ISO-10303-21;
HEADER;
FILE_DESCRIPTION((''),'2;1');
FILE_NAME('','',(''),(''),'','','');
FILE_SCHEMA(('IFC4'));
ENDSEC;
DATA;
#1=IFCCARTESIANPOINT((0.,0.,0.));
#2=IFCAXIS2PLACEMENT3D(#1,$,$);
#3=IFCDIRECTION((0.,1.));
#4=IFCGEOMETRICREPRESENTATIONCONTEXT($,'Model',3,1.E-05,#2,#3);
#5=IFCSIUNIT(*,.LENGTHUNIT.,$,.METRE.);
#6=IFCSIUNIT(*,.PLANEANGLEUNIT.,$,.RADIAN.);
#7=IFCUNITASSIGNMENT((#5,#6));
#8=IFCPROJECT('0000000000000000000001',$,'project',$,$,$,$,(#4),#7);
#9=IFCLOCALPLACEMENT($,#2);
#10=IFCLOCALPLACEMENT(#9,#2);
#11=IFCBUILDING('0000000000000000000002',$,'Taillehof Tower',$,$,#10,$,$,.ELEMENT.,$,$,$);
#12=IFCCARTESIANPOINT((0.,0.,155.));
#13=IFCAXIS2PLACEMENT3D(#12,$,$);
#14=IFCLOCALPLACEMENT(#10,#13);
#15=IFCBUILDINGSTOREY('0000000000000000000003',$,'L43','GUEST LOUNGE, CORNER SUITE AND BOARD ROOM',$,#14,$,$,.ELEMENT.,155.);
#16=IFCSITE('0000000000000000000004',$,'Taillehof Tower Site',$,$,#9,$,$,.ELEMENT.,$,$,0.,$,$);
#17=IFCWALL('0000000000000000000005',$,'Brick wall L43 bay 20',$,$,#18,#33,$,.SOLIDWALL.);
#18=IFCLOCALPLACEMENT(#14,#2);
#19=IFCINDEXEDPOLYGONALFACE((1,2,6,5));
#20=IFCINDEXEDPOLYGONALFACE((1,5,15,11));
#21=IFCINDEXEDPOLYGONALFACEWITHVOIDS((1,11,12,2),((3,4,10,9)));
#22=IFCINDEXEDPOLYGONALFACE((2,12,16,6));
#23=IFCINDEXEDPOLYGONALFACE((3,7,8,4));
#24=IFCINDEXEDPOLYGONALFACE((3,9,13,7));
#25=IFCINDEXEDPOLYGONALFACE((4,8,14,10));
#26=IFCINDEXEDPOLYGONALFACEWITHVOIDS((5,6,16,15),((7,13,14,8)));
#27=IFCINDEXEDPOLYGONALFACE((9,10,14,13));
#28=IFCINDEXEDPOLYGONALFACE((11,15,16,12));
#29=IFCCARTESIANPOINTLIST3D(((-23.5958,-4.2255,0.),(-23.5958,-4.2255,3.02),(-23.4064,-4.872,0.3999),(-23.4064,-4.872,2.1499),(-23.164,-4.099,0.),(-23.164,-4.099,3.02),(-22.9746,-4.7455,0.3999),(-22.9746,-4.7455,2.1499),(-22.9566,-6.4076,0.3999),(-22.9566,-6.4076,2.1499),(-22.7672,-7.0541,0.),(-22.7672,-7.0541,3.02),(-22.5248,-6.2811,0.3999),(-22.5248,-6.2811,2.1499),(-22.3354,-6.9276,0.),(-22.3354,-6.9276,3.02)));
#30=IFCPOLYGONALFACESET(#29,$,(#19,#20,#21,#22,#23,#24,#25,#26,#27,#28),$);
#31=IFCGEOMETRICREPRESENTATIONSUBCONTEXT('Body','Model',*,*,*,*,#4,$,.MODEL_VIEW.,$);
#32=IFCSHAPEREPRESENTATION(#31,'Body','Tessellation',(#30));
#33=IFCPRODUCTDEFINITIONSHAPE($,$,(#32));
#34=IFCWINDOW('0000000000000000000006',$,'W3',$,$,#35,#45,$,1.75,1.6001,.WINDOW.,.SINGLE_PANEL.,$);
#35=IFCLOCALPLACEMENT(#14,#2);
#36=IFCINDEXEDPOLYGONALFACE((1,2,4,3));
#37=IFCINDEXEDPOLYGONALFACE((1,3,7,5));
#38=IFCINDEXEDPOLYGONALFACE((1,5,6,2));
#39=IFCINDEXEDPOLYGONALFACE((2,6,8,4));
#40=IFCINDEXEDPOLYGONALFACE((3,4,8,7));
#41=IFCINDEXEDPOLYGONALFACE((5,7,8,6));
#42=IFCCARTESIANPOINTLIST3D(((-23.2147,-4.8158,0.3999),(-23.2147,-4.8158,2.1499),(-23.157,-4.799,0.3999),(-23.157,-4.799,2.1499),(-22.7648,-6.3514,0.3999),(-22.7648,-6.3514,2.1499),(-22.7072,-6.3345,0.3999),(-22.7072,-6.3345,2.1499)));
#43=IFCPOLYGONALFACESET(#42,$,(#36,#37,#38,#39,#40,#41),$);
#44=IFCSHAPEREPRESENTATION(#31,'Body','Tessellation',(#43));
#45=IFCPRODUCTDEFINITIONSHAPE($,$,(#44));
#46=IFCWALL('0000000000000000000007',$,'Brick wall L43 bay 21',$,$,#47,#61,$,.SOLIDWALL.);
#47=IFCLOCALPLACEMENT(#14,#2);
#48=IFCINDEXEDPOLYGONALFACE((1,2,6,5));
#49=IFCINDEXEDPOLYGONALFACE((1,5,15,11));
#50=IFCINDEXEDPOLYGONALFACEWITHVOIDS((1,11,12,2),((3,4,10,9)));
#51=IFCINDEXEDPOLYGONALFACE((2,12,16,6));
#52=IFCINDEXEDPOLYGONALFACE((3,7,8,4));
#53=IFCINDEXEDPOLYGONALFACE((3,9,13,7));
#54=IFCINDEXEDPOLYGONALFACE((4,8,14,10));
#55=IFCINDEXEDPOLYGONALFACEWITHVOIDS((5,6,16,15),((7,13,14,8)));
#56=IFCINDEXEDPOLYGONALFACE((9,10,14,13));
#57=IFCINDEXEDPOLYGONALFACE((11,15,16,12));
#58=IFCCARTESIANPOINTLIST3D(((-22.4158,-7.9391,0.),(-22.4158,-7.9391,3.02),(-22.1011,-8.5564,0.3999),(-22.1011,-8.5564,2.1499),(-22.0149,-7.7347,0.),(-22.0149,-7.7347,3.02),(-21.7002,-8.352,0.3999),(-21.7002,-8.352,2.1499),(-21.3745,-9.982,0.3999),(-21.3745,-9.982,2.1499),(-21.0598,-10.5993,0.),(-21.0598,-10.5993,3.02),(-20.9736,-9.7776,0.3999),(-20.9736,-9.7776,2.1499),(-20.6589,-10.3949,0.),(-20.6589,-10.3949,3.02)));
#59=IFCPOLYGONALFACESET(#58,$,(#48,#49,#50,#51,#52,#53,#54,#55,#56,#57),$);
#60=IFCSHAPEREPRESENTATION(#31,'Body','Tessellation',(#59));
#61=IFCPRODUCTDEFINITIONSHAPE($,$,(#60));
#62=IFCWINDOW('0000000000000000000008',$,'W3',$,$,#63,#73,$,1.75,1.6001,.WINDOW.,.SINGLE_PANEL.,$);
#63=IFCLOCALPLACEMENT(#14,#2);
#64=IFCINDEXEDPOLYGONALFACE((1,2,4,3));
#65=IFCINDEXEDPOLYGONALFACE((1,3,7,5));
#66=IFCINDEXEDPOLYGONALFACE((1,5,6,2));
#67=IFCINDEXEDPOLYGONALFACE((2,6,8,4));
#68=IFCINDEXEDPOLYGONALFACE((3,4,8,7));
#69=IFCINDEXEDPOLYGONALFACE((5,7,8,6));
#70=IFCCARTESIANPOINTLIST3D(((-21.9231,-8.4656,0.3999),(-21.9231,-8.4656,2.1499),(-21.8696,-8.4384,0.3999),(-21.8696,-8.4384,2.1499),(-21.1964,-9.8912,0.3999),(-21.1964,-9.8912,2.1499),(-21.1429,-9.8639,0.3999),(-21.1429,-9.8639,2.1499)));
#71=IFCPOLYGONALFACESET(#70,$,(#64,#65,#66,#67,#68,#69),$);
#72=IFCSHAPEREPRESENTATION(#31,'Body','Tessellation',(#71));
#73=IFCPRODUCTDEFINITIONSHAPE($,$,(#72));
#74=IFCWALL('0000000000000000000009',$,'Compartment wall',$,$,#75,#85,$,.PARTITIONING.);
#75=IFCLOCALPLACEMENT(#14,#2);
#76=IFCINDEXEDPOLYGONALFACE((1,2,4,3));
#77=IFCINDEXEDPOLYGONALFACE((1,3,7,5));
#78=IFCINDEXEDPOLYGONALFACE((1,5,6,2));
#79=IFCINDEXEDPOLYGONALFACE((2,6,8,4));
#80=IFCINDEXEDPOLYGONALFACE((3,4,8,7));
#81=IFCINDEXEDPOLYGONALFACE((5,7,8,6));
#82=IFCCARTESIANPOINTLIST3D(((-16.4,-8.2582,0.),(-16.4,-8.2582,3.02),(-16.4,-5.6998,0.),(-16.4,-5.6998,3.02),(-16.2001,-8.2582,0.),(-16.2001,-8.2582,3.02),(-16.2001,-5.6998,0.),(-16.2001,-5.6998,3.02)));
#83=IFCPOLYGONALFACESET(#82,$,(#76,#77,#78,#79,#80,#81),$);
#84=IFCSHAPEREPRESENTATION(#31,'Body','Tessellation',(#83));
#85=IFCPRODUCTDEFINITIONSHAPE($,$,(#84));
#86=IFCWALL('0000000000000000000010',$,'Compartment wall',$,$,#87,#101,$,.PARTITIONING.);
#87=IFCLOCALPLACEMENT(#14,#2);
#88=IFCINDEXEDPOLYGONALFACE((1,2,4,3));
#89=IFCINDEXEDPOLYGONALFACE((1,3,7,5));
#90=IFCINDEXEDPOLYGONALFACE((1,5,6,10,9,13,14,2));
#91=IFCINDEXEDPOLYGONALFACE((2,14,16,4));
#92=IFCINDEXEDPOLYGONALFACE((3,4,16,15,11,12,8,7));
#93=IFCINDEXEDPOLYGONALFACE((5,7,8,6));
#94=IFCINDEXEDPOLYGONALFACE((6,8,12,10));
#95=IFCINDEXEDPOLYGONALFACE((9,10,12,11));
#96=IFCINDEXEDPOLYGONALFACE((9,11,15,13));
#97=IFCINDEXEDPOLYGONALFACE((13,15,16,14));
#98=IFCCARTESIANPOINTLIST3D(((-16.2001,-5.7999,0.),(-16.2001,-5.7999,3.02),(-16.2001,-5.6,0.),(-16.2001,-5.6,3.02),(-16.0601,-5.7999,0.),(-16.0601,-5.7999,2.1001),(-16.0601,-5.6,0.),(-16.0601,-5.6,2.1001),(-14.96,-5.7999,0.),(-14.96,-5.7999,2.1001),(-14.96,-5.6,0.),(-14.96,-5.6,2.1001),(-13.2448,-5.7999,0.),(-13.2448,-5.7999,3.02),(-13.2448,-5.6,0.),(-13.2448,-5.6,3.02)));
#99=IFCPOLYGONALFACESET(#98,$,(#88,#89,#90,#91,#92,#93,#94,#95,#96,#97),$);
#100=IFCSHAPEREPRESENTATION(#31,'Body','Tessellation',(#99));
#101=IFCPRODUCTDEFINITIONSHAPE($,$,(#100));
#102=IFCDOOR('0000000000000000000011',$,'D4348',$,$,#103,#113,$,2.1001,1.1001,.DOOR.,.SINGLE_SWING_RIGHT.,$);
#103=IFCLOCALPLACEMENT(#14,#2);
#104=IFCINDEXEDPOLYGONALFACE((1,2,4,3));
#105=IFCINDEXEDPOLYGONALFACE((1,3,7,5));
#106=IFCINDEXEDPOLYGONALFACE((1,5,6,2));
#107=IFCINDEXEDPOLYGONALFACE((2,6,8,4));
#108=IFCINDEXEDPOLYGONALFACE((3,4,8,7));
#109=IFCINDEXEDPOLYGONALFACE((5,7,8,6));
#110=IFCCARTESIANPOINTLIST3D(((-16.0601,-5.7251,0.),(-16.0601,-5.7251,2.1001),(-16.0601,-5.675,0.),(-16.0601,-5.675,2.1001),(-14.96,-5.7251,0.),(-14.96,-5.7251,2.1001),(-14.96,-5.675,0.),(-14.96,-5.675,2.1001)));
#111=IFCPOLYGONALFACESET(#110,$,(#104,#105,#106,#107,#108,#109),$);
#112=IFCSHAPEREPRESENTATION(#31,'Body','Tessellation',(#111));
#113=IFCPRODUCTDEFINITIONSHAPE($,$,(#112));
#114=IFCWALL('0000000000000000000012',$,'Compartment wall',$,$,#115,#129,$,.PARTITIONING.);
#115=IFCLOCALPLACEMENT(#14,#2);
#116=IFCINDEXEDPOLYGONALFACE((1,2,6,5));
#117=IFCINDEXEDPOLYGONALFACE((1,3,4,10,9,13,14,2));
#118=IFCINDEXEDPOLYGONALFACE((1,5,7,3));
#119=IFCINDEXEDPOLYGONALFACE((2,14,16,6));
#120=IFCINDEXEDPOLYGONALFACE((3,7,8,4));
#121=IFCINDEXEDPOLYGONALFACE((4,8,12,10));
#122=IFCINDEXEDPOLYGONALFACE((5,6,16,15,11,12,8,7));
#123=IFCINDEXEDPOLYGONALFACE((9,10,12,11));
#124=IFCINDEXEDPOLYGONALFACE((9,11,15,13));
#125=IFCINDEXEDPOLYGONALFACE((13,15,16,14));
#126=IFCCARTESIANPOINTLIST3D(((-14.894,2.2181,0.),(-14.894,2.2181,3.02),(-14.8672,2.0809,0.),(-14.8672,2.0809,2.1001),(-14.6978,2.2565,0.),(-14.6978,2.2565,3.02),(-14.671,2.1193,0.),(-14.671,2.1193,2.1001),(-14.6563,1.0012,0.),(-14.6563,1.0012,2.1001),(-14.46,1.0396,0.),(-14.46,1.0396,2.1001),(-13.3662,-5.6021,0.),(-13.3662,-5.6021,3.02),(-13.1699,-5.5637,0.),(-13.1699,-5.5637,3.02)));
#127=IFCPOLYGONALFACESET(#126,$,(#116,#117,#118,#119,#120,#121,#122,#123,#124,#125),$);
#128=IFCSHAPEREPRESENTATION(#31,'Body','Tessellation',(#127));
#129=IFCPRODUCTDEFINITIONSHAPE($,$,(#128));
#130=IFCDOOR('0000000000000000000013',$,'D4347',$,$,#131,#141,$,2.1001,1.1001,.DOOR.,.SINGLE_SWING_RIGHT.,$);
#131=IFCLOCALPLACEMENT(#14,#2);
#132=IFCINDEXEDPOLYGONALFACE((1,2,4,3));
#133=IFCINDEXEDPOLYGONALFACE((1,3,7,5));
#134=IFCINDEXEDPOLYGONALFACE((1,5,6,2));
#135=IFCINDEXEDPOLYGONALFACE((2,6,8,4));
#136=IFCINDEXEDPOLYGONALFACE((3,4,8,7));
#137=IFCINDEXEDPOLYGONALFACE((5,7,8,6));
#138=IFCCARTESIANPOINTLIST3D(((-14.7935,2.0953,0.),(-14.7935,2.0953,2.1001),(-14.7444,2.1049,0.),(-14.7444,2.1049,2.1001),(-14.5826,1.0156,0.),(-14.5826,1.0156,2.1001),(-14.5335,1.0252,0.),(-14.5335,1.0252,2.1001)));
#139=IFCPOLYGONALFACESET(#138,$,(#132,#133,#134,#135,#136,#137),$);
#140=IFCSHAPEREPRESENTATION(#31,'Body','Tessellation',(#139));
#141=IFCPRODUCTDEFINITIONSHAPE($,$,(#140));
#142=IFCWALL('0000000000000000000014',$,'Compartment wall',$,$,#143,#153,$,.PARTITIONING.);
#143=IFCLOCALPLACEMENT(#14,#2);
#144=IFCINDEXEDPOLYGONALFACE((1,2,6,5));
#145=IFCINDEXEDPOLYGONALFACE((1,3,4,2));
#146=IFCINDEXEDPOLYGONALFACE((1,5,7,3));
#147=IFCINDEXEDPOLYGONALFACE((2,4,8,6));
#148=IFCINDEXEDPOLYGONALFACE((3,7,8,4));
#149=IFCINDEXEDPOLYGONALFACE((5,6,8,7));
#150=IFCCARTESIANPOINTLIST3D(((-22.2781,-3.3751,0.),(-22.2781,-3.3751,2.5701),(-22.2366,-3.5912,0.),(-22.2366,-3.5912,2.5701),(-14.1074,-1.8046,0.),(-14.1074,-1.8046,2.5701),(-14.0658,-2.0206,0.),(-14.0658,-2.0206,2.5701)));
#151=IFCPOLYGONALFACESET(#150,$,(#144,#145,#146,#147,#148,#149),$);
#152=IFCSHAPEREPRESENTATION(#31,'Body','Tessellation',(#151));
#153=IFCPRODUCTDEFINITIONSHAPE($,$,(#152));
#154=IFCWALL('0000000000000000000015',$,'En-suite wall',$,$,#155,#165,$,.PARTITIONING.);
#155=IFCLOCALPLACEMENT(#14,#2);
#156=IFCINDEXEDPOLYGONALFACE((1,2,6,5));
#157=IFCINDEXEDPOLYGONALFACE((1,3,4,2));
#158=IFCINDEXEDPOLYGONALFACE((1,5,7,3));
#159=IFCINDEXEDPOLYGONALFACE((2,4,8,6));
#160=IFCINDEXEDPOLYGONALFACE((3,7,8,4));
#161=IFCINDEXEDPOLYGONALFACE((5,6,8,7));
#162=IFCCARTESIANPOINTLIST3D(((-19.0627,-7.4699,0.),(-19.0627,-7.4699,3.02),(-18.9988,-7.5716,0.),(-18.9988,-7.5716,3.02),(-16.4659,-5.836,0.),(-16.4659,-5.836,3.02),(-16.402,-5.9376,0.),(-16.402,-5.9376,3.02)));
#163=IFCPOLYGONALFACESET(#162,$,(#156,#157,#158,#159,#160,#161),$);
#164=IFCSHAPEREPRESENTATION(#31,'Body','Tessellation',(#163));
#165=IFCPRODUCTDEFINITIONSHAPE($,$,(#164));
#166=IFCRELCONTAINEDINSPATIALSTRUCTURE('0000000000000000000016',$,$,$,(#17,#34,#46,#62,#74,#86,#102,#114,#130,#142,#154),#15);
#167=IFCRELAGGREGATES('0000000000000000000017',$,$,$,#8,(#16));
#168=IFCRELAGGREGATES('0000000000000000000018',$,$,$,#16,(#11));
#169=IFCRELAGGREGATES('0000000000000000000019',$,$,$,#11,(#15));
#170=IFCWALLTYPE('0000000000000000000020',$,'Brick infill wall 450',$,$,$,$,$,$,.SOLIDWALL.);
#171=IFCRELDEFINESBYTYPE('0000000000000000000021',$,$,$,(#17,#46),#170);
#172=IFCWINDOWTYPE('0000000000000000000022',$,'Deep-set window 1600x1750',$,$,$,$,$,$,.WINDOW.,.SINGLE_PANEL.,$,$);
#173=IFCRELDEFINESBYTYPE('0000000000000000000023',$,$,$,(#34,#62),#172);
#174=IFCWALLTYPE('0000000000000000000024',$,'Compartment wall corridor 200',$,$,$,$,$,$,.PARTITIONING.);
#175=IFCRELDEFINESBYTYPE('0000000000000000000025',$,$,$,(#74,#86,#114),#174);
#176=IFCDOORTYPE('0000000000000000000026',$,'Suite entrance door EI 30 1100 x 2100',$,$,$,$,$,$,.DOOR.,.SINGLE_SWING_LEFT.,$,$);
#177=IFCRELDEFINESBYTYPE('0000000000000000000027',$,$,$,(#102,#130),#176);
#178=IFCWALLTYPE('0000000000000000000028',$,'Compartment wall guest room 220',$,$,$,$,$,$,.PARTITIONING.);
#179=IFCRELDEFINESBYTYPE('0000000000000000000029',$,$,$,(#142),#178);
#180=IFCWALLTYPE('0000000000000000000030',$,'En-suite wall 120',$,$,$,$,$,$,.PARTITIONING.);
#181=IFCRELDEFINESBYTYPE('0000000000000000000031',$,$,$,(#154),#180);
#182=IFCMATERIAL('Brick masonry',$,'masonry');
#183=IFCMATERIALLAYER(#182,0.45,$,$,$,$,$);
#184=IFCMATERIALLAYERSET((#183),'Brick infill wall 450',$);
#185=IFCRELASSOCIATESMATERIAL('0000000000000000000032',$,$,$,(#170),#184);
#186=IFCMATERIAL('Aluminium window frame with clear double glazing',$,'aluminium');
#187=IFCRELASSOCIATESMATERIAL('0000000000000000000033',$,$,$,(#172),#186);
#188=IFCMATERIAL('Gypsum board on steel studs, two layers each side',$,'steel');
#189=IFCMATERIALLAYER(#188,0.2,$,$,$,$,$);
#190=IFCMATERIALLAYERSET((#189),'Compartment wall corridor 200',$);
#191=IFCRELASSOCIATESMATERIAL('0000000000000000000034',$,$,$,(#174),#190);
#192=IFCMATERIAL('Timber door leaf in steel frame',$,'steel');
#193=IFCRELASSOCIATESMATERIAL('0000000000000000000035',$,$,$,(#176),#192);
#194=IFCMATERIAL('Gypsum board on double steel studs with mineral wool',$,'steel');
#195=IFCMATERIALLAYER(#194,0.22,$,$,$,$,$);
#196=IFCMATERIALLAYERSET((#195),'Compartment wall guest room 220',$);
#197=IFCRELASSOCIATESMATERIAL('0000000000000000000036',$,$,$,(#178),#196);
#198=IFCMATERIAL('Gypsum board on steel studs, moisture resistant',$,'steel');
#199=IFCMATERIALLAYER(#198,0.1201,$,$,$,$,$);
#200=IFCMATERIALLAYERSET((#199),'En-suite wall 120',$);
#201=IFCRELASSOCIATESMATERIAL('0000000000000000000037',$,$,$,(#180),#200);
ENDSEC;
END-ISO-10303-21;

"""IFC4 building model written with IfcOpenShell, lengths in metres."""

from ifc_helpers import new_model, si_unit, direction, frame, frame_2d, origin, place, context, subcontext, project, spatial, rectangle, extrude, material, layer, layer_set, type_object, element, fill, save


model = new_model("IFC4")

# Units and contexts
model_context = context("Model", 3, precision=1e-05, world=origin(), true_north=direction((0.0, 1.0)))
body_context = subcontext(model_context, "Body", "Model", "MODEL_VIEW")
ifc_project = project(units=[si_unit("LENGTHUNIT", "METRE"), si_unit("PLANEANGLEUNIT", "RADIAN")], contexts=[model_context])

# Site, building, storey
site_placement = place(None, origin())
site = spatial("IfcSite", under=ifc_project, at=site_placement, Name="Taillehof Tower Site", CompositionType="ELEMENT", RefElevation=0.0)
building_placement = place(site_placement, origin())
building = spatial("IfcBuilding", under=site, at=building_placement, Name="Taillehof Tower", CompositionType="ELEMENT")
storey_placement = place(building_placement, frame((0.0, 0.0, 155.0)))
storey = spatial("IfcBuildingStorey", under=building, at=storey_placement, Name="L43", Description="GUEST LOUNGE, CORNER SUITE AND BOARD ROOM", CompositionType="ELEMENT", Elevation=155.0)

# Walls, openings, windows
ifc_material_1 = material(Name="Brick masonry", Category="masonry")
ifc_layer_1 = layer(ifc_material_1, 0.45)
ifc_layer_set_1 = layer_set([ifc_layer_1], Name="Brick infill wall 450")
wall_type_1 = type_object("IfcWallType", Name="Brick infill wall 450", PredefinedType="SOLIDWALL", material=ifc_layer_set_1)
ifc_material_2 = material(Name="Aluminium window frame with clear double glazing", Category="aluminium")
window_type = type_object("IfcWindowType", Name="Deep-set window 1600x1750", PartitioningType="SINGLE_PANEL", PredefinedType="WINDOW", material=ifc_material_2)
wall_1_placement = place(storey_placement, frame((-23.3799, -4.1624, 0.0), z_axis=(0.0, 0.0, 1.0), x_axis=(0.281126, -0.959671, 0.0)))
wall_1 = element("IfcWall", 1, at=wall_1_placement, inside=storey, type_object=wall_type_1, Name="Brick wall L43 bay 20", PredefinedType="SOLIDWALL", context=body_context, shape_type="SweptSolid", body=[
    extrude(rectangle(XDim=2.9475, YDim=0.45, at=frame_2d((1.4736, 0.0))), origin(), (0.0, 0.0, 1.0), 3.02),
])
opening_1_placement = place(wall_1_placement, frame((0.6736, 0.0, 0.3999)))
opening_1 = element("IfcOpeningElement", 2, at=opening_1_placement, cuts=wall_1, PredefinedType="OPENING", context=body_context, shape_type="SweptSolid", body=[
    extrude(rectangle(XDim=1.6001, YDim=1.75, at=frame_2d((0.8, 0.875))), frame((0.0, 0.2349, 0.0), z_axis=(0.0, -1.0, 0.0), x_axis=(1.0, 0.0, 0.0)), (0.0, 0.0, 1.0), 0.47),
])
window_1_placement = place(opening_1_placement, origin())
window_1 = element("IfcWindow", 3, at=window_1_placement, inside=storey, type_object=window_type, Name="W3", OverallHeight=1.75, OverallWidth=1.6001, PartitioningType="SINGLE_PANEL", PredefinedType="WINDOW", context=body_context, shape_type="SweptSolid", body=[
    extrude(rectangle(XDim=1.6001, YDim=1.75, at=frame_2d((0.8, 0.875))), frame((0.0, 0.0349, 0.0), z_axis=(0.0, -1.0, 0.0), x_axis=(1.0, 0.0, 0.0)), (0.0, 0.0, 1.0), 0.0601),
])
fill(opening_1, window_1)
wall_2_placement = place(storey_placement, frame((-22.2153, -7.8369, 0.0), z_axis=(0.0, 0.0, 1.0), x_axis=(0.454134, -0.890933, 0.0)))
wall_2 = element("IfcWall", 4, at=wall_2_placement, inside=storey, type_object=wall_type_1, Name="Brick wall L43 bay 21", PredefinedType="SOLIDWALL", context=body_context, shape_type="SweptSolid", body=[
    extrude(rectangle(XDim=2.9858, YDim=0.45, at=frame_2d((1.4929, 0.0))), origin(), (0.0, 0.0, 1.0), 3.02),
])
opening_2_placement = place(wall_2_placement, frame((0.6929, 0.0, 0.3999)))
opening_2 = element("IfcOpeningElement", 5, at=opening_2_placement, cuts=wall_2, PredefinedType="OPENING", context=body_context, shape_type="SweptSolid", body=[
    extrude(rectangle(XDim=1.6001, YDim=1.75, at=frame_2d((0.8, 0.875))), frame((0.0, 0.2349, 0.0), z_axis=(0.0, -1.0, 0.0), x_axis=(1.0, 0.0, 0.0)), (0.0, 0.0, 1.0), 0.47),
])
window_2_placement = place(opening_2_placement, origin())
window_2 = element("IfcWindow", 6, at=window_2_placement, inside=storey, type_object=window_type, Name="W3", OverallHeight=1.75, OverallWidth=1.6001, PartitioningType="SINGLE_PANEL", PredefinedType="WINDOW", context=body_context, shape_type="SweptSolid", body=[
    extrude(rectangle(XDim=1.6001, YDim=1.75, at=frame_2d((0.8, 0.875))), frame((0.0, 0.0349, 0.0), z_axis=(0.0, -1.0, 0.0), x_axis=(1.0, 0.0, 0.0)), (0.0, 0.0, 1.0), 0.0601),
])
fill(opening_2, window_2)

# Wall
ifc_material_3 = material(Name="Gypsum board on steel studs, two layers each side", Category="steel")
ifc_layer_2 = layer(ifc_material_3, 0.2)
ifc_layer_set_2 = layer_set([ifc_layer_2], Name="Compartment wall corridor 200")
wall_type_2 = type_object("IfcWallType", Name="Compartment wall corridor 200", PredefinedType="PARTITIONING", material=ifc_layer_set_2)
wall_3_placement = place(storey_placement, frame((-16.3, -8.2583, 0.0), z_axis=(0.0, 0.0, 1.0), x_axis=(0.0, 1.0, 0.0)))
element("IfcWall", 7, at=wall_3_placement, inside=storey, type_object=wall_type_2, Name="Compartment wall", PredefinedType="PARTITIONING", context=body_context, shape_type="SweptSolid", body=[
    extrude(rectangle(XDim=2.5583, YDim=0.2, at=frame_2d((1.2793, 0.0))), origin(), (0.0, 0.0, 1.0), 3.02),
])

# Walls, openings, doors
wall_4_placement = place(storey_placement, frame((-16.2, -5.7, 0.0), z_axis=(0.0, 0.0, 1.0), x_axis=(1.0, 0.0, 0.0)))
wall_4 = element("IfcWall", 8, at=wall_4_placement, inside=storey, type_object=wall_type_2, Name="Compartment wall", PredefinedType="PARTITIONING", context=body_context, shape_type="SweptSolid", body=[
    extrude(rectangle(XDim=2.9553, YDim=0.2, at=frame_2d((1.4775, 0.0))), origin(), (0.0, 0.0, 1.0), 3.02),
])
opening_3_placement = place(wall_4_placement, frame((0.1399, 0.0, 0.0)))
opening_3 = element("IfcOpeningElement", 9, at=opening_3_placement, cuts=wall_4, PredefinedType="OPENING", context=body_context, shape_type="SweptSolid", body=[
    extrude(rectangle(XDim=1.1001, YDim=2.1001, at=frame_2d((0.55, 1.05))), frame((0.0, 0.1099, 0.0), z_axis=(0.0, -1.0, 0.0), x_axis=(1.0, 0.0, 0.0)), (0.0, 0.0, 1.0), 0.22),
])
ifc_material_4 = material(Name="Timber door leaf in steel frame", Category="steel")
door_type_1 = type_object("IfcDoorType", Name="Suite entrance door EI 30 1100 x 2100", OperationType="SINGLE_SWING_LEFT", PredefinedType="DOOR", material=ifc_material_4)
door_1_placement = place(opening_3_placement, origin())
door_1 = element("IfcDoor", 10, at=door_1_placement, inside=storey, type_object=door_type_1, Name="D4348", OperationType="SINGLE_SWING_RIGHT", OverallHeight=2.1001, OverallWidth=1.1001, PredefinedType="DOOR", context=body_context, shape_type="SweptSolid", body=[
    extrude(rectangle(XDim=1.1001, YDim=2.1001, at=frame_2d((0.55, 1.05))), frame((0.0, 0.0249, 0.0), z_axis=(0.0, -1.0, 0.0), x_axis=(1.0, 0.0, 0.0)), (0.0, 0.0, 1.0), 0.05),
])
fill(opening_3, door_1)
wall_5_placement = place(storey_placement, frame((-13.2681, -5.5828, 0.0), z_axis=(0.0, 0.0, 1.0), x_axis=(-0.191748, 0.981444, 0.0)))
wall_5 = element("IfcWall", 11, at=wall_5_placement, inside=storey, type_object=wall_type_2, Name="Compartment wall", PredefinedType="PARTITIONING", context=body_context, shape_type="SweptSolid", body=[
    extrude(rectangle(XDim=7.968, YDim=0.2, at=frame_2d((3.9839, 0.0))), origin(), (0.0, 0.0, 1.0), 3.02),
])
opening_4_placement = place(wall_5_placement, frame((6.728, 0.0, 0.0)))
opening_4 = element("IfcOpeningElement", 12, at=opening_4_placement, cuts=wall_5, PredefinedType="OPENING", context=body_context, shape_type="SweptSolid", body=[
    extrude(rectangle(XDim=1.1001, YDim=2.1001, at=frame_2d((0.55, 1.05))), frame((0.0, 0.1099, 0.0), z_axis=(0.0, -1.0, 0.0), x_axis=(1.0, 0.0, 0.0)), (0.0, 0.0, 1.0), 0.22),
])
door_2_placement = place(opening_4_placement, origin())
door_2 = element("IfcDoor", 13, at=door_2_placement, inside=storey, type_object=door_type_1, Name="D4347", OperationType="SINGLE_SWING_RIGHT", OverallHeight=2.1001, OverallWidth=1.1001, PredefinedType="DOOR", context=body_context, shape_type="SweptSolid", body=[
    extrude(rectangle(XDim=1.1001, YDim=2.1001, at=frame_2d((0.55, 1.05))), frame((0.0, 0.0249, 0.0), z_axis=(0.0, -1.0, 0.0), x_axis=(1.0, 0.0, 0.0)), (0.0, 0.0, 1.0), 0.05),
])
fill(opening_4, door_2)

# Walls
ifc_material_5 = material(Name="Gypsum board on double steel studs with mineral wool", Category="steel")
ifc_layer_3 = layer(ifc_material_5, 0.22)
ifc_layer_set_3 = layer_set([ifc_layer_3], Name="Compartment wall guest room 220")
wall_type_3 = type_object("IfcWallType", Name="Compartment wall guest room 220", PredefinedType="PARTITIONING", material=ifc_layer_set_3)
wall_6_placement = place(storey_placement, frame((-22.2573, -3.4832, 0.0), z_axis=(0.0, 0.0, 1.0), x_axis=(0.982023, 0.188764, 0.0)))
element("IfcWall", 14, at=wall_6_placement, inside=storey, type_object=wall_type_3, Name="Compartment wall", PredefinedType="PARTITIONING", context=body_context, shape_type="SweptSolid", body=[
    extrude(rectangle(XDim=8.3203, YDim=0.22, at=frame_2d((4.1602, 0.0))), origin(), (0.0, 0.0, 1.0), 2.5701),
])
ifc_material_6 = material(Name="Gypsum board on steel studs, moisture resistant", Category="steel")
ifc_layer_4 = layer(ifc_material_6, 0.1201)
ifc_layer_set_4 = layer_set([ifc_layer_4], Name="En-suite wall 120")
wall_type_4 = type_object("IfcWallType", Name="En-suite wall 120", PredefinedType="PARTITIONING", material=ifc_layer_set_4)
wall_7_placement = place(storey_placement, frame((-16.4338, -5.8867, 0.0), z_axis=(0.0, 0.0, 1.0), x_axis=(-0.84639, -0.532564, 0.0)))
element("IfcWall", 15, at=wall_7_placement, inside=storey, type_object=wall_type_4, Name="En-suite wall", PredefinedType="PARTITIONING", context=body_context, shape_type="SweptSolid", body=[
    extrude(rectangle(XDim=3.0681, YDim=0.1201, at=frame_2d((1.5342, 0.0))), origin(), (0.0, 0.0, 1.0), 3.02),
])

save(model, "model.ifc")
